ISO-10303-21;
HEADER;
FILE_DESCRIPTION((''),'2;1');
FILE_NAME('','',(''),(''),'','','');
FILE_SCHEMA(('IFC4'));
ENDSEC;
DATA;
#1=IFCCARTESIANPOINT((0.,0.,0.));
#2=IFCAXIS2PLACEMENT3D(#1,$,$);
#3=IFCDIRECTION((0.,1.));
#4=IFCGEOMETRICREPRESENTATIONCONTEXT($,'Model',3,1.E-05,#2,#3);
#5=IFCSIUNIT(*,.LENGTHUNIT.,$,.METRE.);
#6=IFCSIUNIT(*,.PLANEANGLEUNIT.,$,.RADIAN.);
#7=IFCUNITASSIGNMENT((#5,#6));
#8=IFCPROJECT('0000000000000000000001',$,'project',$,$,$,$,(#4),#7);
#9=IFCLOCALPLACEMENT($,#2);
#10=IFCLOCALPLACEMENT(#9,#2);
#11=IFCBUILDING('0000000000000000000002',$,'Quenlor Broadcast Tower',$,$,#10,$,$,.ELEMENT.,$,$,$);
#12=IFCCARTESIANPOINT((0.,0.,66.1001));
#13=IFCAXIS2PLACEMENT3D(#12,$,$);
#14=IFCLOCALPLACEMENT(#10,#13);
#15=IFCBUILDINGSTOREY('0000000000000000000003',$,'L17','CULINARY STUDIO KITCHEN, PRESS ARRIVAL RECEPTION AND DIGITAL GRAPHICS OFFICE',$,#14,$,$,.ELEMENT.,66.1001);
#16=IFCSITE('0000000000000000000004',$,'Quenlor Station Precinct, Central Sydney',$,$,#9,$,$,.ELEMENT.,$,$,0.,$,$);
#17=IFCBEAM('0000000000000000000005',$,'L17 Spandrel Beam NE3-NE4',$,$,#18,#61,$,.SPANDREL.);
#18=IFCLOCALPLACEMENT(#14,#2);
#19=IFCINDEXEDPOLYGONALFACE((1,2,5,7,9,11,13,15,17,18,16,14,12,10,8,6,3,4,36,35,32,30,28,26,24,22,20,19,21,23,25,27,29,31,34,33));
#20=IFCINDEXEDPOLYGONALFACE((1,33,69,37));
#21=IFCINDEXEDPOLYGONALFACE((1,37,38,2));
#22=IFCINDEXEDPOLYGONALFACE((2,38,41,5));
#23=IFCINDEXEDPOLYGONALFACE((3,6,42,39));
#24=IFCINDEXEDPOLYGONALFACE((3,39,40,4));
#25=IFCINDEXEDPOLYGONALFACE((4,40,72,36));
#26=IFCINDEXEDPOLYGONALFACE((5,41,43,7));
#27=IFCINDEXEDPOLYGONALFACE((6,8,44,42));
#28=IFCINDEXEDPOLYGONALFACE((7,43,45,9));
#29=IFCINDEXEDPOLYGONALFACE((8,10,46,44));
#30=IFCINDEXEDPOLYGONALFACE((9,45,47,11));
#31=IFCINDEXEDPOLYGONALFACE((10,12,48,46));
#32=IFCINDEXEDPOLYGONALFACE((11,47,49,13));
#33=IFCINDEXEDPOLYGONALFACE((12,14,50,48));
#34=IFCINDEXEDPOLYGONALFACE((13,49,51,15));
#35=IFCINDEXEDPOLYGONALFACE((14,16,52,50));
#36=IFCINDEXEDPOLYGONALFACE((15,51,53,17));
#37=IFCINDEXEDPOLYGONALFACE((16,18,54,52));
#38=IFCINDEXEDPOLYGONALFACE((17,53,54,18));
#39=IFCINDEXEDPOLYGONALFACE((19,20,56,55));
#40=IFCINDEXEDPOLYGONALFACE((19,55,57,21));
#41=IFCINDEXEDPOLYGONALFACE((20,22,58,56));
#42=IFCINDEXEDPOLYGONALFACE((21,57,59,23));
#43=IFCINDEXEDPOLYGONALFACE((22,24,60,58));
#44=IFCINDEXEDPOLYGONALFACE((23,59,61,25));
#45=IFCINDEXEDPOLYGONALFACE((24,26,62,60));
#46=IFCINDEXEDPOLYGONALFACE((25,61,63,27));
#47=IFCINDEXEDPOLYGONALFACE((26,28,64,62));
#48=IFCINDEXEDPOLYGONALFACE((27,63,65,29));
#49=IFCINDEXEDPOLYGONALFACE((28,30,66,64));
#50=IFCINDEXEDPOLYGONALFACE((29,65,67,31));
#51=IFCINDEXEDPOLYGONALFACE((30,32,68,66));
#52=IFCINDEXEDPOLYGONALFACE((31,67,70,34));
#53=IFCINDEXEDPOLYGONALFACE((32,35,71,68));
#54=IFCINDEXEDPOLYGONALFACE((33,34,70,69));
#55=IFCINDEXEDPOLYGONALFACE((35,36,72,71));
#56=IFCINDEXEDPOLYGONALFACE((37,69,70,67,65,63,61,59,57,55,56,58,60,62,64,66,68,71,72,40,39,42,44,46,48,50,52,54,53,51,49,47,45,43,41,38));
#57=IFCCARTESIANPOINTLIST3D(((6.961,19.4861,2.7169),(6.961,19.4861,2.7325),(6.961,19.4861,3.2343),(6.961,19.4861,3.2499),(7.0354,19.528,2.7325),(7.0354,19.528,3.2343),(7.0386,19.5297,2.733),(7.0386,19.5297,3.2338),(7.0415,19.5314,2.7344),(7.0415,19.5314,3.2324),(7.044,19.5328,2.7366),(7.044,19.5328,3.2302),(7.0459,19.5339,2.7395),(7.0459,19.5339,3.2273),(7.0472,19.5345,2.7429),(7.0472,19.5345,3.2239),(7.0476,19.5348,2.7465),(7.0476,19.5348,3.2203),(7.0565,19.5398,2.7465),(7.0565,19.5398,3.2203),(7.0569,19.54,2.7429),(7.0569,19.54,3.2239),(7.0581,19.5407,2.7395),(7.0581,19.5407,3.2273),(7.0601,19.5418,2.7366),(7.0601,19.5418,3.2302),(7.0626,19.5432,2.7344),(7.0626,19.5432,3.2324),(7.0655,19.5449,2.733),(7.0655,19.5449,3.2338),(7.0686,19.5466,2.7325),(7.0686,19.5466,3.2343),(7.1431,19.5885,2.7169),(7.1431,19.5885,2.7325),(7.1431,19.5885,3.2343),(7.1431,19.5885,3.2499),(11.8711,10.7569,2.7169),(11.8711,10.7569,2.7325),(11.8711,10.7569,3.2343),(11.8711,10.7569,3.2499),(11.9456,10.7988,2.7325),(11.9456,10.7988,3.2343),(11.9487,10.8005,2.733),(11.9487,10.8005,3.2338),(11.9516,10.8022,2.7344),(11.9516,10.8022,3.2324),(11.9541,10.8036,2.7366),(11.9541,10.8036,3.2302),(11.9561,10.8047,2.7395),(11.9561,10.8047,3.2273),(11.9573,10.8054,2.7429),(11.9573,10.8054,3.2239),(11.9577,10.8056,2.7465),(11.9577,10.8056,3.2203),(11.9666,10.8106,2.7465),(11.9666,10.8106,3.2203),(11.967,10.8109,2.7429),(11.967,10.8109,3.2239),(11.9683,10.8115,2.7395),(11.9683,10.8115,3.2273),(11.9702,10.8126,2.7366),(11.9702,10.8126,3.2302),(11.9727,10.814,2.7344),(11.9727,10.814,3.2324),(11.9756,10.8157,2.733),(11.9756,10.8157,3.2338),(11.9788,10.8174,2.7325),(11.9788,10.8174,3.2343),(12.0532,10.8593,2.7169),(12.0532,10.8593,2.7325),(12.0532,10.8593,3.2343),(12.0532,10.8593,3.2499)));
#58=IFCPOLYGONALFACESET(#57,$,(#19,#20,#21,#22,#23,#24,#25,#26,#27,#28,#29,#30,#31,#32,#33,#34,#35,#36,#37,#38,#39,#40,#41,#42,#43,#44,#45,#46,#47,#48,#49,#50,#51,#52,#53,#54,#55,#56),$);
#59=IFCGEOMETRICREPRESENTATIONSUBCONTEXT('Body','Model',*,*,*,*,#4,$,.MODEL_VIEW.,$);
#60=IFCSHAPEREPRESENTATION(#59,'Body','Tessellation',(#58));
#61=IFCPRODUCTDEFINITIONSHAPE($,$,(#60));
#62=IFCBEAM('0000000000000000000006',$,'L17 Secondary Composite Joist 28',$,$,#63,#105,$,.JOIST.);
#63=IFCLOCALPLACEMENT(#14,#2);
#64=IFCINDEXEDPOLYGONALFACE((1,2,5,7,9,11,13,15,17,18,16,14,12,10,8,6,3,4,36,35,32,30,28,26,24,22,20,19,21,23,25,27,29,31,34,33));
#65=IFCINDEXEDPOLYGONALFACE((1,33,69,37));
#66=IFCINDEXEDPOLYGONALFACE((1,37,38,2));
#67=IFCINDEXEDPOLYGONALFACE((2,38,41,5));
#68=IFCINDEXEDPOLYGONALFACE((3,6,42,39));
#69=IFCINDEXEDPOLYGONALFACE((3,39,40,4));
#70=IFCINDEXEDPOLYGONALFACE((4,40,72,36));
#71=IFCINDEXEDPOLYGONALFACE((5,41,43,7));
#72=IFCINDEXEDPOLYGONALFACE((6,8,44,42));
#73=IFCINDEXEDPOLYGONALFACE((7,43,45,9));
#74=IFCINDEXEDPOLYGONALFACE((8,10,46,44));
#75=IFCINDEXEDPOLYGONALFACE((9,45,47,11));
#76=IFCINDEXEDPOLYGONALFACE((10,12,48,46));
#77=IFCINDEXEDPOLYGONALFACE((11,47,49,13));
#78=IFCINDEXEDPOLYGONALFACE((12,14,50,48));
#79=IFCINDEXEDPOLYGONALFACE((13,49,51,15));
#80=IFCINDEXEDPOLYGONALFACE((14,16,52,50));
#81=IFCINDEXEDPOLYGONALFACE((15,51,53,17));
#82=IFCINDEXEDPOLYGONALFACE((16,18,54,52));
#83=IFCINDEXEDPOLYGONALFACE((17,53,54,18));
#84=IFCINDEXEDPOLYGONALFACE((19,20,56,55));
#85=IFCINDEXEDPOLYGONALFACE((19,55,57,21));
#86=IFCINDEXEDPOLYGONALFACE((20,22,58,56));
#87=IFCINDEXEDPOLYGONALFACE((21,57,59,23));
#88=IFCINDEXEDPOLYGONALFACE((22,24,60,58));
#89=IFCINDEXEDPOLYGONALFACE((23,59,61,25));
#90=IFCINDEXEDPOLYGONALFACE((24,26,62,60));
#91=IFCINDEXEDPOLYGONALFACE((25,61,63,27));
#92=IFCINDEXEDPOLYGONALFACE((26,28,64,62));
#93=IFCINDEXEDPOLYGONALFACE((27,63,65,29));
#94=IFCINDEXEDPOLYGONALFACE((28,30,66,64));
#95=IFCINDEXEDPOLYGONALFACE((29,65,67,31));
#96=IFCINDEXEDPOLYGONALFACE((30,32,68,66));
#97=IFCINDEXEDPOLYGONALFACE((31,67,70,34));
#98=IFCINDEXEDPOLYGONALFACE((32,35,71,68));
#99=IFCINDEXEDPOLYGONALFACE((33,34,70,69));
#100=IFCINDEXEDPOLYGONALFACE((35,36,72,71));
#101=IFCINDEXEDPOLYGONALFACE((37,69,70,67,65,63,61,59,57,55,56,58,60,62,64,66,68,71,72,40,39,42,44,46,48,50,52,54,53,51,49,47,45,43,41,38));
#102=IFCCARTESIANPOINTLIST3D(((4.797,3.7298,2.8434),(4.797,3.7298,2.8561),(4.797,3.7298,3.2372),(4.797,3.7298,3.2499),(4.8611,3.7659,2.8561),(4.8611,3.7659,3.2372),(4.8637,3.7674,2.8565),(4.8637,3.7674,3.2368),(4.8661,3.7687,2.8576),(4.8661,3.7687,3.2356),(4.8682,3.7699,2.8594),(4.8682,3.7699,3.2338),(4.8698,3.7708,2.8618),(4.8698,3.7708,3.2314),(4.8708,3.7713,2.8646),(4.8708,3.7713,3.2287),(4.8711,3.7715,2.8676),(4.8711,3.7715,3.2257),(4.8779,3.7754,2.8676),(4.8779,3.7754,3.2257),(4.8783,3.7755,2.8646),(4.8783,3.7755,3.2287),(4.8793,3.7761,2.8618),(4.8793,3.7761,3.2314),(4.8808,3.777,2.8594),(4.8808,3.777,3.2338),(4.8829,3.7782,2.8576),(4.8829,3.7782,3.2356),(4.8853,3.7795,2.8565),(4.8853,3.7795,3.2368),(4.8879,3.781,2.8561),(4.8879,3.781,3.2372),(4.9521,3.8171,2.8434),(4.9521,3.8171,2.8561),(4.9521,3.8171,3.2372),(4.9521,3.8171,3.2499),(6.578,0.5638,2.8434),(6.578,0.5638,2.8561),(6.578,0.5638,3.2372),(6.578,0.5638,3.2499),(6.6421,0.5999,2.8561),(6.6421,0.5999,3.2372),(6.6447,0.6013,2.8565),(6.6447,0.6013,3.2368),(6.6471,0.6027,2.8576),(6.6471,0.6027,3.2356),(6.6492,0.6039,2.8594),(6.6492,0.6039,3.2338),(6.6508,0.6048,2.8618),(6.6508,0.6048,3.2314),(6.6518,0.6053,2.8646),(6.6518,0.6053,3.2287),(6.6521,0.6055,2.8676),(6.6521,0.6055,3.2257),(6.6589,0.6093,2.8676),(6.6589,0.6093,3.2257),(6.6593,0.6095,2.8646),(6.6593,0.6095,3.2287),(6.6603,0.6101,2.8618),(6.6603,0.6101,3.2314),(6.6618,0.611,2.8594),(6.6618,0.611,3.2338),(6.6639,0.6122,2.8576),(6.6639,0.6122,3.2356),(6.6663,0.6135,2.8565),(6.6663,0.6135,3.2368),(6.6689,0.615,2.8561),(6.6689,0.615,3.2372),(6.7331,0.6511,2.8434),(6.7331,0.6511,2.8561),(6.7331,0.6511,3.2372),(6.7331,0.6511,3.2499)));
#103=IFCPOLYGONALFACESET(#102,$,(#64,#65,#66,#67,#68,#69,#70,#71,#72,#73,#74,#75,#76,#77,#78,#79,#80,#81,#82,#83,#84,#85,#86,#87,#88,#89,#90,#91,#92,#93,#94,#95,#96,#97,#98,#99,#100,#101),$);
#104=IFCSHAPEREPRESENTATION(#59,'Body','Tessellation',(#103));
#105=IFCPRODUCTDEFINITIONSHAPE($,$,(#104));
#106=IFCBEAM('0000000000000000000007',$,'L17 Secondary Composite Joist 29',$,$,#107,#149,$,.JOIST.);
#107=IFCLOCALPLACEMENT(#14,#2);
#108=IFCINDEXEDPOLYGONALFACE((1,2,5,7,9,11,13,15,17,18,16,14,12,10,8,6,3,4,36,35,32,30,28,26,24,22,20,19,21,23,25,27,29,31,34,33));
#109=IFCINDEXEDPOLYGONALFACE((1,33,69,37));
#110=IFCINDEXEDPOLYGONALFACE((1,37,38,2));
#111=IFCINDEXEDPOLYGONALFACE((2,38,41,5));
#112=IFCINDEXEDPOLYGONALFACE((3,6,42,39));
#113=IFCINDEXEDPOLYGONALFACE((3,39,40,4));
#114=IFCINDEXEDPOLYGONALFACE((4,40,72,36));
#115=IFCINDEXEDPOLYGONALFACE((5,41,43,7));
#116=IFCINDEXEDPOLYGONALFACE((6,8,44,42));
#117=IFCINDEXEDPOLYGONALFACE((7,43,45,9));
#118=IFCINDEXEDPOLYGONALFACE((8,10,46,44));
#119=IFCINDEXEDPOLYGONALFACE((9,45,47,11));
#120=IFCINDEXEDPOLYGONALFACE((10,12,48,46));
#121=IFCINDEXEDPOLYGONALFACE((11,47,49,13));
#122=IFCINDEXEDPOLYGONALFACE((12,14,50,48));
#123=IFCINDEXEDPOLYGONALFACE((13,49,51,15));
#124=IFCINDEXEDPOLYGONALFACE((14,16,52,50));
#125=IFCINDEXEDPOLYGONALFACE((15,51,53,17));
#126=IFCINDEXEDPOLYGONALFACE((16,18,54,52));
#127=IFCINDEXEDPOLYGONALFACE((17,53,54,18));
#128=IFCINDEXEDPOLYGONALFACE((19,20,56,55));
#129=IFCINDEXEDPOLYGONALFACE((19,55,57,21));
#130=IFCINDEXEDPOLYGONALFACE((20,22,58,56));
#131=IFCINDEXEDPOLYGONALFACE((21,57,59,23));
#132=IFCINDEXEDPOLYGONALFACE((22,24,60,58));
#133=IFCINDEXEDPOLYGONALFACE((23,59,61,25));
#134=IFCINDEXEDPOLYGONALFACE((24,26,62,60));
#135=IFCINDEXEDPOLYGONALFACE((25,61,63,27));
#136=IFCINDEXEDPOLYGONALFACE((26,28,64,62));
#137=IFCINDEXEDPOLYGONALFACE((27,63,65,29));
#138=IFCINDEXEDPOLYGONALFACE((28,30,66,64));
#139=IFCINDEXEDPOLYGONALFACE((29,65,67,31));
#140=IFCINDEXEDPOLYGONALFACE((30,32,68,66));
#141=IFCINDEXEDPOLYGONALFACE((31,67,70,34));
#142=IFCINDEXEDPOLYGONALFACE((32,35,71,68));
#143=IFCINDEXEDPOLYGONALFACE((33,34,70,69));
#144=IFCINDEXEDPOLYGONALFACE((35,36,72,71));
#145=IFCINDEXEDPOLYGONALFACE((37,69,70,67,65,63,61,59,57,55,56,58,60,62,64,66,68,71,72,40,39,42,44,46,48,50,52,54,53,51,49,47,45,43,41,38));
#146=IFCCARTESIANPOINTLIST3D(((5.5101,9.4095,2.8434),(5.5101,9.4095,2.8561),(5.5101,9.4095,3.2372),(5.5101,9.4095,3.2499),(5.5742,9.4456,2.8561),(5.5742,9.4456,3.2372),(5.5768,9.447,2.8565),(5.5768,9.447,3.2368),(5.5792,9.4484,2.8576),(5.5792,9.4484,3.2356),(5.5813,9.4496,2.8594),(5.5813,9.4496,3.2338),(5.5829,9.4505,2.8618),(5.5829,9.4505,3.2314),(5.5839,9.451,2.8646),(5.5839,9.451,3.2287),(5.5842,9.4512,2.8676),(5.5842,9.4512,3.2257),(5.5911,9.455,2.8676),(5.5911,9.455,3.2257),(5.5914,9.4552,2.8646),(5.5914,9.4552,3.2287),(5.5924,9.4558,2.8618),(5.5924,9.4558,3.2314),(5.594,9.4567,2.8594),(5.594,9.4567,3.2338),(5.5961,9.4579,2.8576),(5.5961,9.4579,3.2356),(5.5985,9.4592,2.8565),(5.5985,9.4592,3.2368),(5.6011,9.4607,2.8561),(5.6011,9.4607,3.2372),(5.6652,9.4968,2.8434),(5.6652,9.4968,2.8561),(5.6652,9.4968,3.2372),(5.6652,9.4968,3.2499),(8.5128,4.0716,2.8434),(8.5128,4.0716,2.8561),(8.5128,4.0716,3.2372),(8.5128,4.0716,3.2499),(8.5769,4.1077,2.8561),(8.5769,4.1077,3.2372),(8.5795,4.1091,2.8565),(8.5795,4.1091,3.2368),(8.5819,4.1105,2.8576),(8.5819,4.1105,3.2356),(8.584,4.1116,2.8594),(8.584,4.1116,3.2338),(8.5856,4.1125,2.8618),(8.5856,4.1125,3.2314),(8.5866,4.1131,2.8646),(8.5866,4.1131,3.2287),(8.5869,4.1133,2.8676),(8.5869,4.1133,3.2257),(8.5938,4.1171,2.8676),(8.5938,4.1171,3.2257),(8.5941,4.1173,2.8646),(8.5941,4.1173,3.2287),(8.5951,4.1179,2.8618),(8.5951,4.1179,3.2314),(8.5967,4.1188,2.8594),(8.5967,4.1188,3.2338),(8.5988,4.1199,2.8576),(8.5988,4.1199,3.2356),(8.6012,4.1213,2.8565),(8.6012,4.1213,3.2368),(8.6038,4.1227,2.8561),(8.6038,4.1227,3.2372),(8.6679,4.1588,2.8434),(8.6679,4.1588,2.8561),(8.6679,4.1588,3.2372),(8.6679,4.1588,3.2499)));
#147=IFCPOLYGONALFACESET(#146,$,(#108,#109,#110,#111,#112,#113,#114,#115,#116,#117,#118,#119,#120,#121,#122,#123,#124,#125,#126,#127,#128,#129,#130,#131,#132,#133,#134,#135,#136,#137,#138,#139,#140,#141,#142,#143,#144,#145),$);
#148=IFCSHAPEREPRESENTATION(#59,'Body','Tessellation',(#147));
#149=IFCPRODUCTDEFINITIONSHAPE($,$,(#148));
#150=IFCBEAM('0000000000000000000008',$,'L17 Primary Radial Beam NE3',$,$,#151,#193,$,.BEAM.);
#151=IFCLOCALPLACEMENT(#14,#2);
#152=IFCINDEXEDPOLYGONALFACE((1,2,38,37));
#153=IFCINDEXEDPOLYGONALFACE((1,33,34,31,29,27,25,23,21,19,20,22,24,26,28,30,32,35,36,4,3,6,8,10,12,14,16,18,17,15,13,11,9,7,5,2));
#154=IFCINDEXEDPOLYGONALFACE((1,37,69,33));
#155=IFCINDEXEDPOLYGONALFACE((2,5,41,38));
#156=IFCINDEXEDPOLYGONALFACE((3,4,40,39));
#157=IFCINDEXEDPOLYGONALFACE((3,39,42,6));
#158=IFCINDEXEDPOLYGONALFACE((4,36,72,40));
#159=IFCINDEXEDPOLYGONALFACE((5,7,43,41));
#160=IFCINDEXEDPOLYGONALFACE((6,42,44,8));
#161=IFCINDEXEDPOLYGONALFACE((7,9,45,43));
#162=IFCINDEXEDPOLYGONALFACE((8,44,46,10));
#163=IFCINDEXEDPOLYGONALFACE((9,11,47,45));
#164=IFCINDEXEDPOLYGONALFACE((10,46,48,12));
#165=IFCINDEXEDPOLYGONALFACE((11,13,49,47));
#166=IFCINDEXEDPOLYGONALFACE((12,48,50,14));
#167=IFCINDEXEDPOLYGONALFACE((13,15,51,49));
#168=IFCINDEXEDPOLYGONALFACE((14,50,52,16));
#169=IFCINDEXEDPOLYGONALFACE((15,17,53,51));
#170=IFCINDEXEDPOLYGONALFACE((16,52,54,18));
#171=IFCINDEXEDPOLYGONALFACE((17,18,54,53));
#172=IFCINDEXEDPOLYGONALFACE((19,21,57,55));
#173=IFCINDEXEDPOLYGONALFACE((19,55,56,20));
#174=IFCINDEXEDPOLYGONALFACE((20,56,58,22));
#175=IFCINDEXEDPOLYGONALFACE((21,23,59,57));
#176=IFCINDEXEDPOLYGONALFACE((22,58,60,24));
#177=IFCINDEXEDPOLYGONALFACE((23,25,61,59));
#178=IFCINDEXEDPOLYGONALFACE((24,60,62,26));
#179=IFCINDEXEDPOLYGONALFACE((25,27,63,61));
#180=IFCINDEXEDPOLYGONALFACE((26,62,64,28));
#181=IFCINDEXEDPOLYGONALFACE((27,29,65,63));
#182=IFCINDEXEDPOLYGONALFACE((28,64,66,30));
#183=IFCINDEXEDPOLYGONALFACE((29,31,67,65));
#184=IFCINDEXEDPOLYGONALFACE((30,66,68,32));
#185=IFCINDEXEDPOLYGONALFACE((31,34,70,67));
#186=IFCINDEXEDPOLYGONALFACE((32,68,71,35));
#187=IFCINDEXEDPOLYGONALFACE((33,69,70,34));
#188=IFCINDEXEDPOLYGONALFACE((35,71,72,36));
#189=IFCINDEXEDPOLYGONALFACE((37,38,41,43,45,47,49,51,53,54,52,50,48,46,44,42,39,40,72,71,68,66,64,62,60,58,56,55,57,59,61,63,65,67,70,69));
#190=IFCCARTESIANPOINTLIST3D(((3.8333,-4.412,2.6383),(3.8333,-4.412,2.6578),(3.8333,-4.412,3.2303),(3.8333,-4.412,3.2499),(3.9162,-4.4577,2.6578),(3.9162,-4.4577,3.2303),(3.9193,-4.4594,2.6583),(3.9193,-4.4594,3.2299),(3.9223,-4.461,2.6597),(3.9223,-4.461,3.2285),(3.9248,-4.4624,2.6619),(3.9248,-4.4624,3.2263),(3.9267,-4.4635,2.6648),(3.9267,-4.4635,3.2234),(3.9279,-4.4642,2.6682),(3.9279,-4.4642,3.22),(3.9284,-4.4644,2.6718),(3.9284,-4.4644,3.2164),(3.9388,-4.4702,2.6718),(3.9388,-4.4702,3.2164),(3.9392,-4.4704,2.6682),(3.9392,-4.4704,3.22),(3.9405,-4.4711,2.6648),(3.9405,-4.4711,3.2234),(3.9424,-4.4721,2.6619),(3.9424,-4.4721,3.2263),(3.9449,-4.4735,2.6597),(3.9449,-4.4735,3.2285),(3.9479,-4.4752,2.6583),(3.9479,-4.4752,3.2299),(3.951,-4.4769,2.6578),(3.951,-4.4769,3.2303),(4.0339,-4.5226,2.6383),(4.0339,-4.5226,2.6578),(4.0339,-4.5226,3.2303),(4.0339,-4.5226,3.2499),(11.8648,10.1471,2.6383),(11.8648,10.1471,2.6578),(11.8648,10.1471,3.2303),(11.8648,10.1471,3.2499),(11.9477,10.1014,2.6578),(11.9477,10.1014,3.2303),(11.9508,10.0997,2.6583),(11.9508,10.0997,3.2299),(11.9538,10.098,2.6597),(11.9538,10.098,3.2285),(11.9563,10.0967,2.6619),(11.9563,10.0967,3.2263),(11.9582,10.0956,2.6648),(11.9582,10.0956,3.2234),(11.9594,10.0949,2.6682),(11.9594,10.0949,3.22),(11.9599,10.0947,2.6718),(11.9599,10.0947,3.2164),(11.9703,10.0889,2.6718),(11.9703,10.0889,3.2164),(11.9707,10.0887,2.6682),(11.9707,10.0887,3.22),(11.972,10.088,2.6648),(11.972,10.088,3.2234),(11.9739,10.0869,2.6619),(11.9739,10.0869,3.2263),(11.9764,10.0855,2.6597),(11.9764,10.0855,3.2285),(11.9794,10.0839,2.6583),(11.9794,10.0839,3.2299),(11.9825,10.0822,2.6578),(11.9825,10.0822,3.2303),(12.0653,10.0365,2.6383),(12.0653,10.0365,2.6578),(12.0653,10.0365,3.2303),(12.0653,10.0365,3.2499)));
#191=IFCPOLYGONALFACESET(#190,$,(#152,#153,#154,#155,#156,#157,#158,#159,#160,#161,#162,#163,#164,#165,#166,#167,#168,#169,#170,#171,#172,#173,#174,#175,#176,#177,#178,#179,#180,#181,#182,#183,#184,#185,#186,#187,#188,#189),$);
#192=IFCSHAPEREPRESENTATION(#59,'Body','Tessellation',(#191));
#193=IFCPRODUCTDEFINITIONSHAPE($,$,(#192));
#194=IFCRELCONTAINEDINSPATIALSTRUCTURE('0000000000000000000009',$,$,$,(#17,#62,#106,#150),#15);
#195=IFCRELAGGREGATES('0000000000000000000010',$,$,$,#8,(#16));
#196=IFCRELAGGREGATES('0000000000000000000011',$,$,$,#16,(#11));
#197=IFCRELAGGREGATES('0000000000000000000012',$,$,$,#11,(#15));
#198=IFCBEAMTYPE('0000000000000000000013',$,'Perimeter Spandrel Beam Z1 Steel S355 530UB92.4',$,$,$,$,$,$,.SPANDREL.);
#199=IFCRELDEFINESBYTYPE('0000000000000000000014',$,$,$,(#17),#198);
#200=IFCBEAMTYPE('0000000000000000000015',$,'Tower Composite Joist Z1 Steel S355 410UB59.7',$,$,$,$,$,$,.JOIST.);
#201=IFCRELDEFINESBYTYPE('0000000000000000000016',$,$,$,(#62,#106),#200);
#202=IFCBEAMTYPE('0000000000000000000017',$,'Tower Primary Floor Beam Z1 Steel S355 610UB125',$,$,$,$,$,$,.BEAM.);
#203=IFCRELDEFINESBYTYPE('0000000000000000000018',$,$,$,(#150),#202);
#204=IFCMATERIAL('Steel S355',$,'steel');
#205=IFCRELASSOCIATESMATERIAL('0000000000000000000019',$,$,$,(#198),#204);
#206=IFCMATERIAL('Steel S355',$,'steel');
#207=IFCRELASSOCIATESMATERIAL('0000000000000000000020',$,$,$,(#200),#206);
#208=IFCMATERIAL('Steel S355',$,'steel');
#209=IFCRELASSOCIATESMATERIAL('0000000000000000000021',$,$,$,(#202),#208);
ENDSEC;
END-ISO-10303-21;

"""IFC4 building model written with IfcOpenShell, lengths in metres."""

from ifc_helpers import new_model, si_unit, direction, frame, origin, origin_2d, place, context, subcontext, project, spatial, i_section, extrude, material, material_profile, profile_set, type_object, element, save


model = new_model("IFC4")

# Units and contexts
model_context = context("Model", 3, precision=1e-05, world=origin(), true_north=direction((0.0, 1.0)))
body_context = subcontext(model_context, "Body", "Model", "MODEL_VIEW")
ifc_project = project(units=[si_unit("LENGTHUNIT", "METRE"), si_unit("PLANEANGLEUNIT", "RADIAN")], contexts=[model_context])

# Site, building, storey
site_placement = place(None, origin())
site = spatial("IfcSite", under=ifc_project, at=site_placement, Name="Quenlor Station Precinct, Central Sydney", CompositionType="ELEMENT", RefElevation=0.0)
building_placement = place(site_placement, origin())
building = spatial("IfcBuilding", under=site, at=building_placement, Name="Quenlor Broadcast Tower", CompositionType="ELEMENT")
storey_placement = place(building_placement, frame((0.0, 0.0, 66.1001)))
storey = spatial("IfcBuildingStorey", under=building, at=storey_placement, Name="L17", Description="CULINARY STUDIO KITCHEN, PRESS ARRIVAL RECEPTION AND DIGITAL GRAPHICS OFFICE", CompositionType="ELEMENT", Elevation=66.1001)

# Beams
ifc_material_1 = material(Name="Steel S355", Category="steel")
ifc_material_profile_1 = material_profile(ifc_material_1, i_section(OverallWidth=0.209, OverallDepth=0.533, WebThickness=0.0103, FlangeThickness=0.0156, FilletRadius=0.0139, at=origin_2d()))
ifc_profile_set_1 = profile_set([ifc_material_profile_1], Name="Steel S355 530UB92.4")
beam_type_1 = type_object("IfcBeamType", Name="Perimeter Spandrel Beam Z1 Steel S355 530UB92.4", PredefinedType="SPANDREL", material=ifc_profile_set_1)
beam_1_placement = place(storey_placement, frame((11.9622, 10.8081, 2.9834), z_axis=(-0.490258, 0.871577, 0.0), x_axis=(-0.871577, -0.490258, 0.0)))
element("IfcBeam", 1, at=beam_1_placement, inside=storey, type_object=beam_type_1, Name="L17 Spandrel Beam NE3-NE4", PredefinedType="SPANDREL", context=body_context, shape_type="SweptSolid", body=[
    extrude(i_section(OverallWidth=0.209, OverallDepth=0.533, WebThickness=0.0103, FlangeThickness=0.0156, FilletRadius=0.0139, at=origin_2d()), origin(), (0.0, 0.0, 1.0), 10.0154),
])
ifc_material_2 = material(Name="Steel S355", Category="steel")
ifc_material_profile_2 = material_profile(ifc_material_2, i_section(OverallWidth=0.178, OverallDepth=0.4065, WebThickness=0.0078, FlangeThickness=0.0127, FilletRadius=0.0115, at=origin_2d()))
ifc_profile_set_2 = profile_set([ifc_material_profile_2], Name="Steel S355 410UB59.7")
beam_type_2 = type_object("IfcBeamType", Name="Tower Composite Joist Z1 Steel S355 410UB59.7", PredefinedType="JOIST", material=ifc_profile_set_2)
beam_2_placement = place(storey_placement, frame((4.8745, 3.7734, 3.0466), z_axis=(0.490287, -0.871561, 0.0), x_axis=(0.871561, 0.490287, 0.0)))
element("IfcBeam", 2, at=beam_2_placement, inside=storey, type_object=beam_type_2, Name="L17 Secondary Composite Joist 28", PredefinedType="JOIST", context=body_context, shape_type="SweptSolid", body=[
    extrude(i_section(OverallWidth=0.178, OverallDepth=0.4065, WebThickness=0.0078, FlangeThickness=0.0127, FilletRadius=0.0115, at=origin_2d()), origin(), (0.0, 0.0, 1.0), 3.6326),
])
beam_3_placement = place(storey_placement, frame((5.5876, 9.4531, 3.0466), z_axis=(0.490276, -0.871567, 0.0), x_axis=(0.871567, 0.490276, 0.0)))
element("IfcBeam", 3, at=beam_3_placement, inside=storey, type_object=beam_type_2, Name="L17 Secondary Composite Joist 29", PredefinedType="JOIST", context=body_context, shape_type="SweptSolid", body=[
    extrude(i_section(OverallWidth=0.178, OverallDepth=0.4065, WebThickness=0.0078, FlangeThickness=0.0127, FilletRadius=0.0115, at=origin_2d()), origin(), (0.0, 0.0, 1.0), 6.1245),
])
ifc_material_3 = material(Name="Steel S355", Category="steel")
ifc_material_profile_3 = material_profile(ifc_material_3, i_section(OverallWidth=0.229, OverallDepth=0.6116, WebThickness=0.012, FlangeThickness=0.0195, FilletRadius=0.0139, at=origin_2d()))
ifc_profile_set_3 = profile_set([ifc_material_profile_3], Name="Steel S355 610UB125")
beam_type_3 = type_object("IfcBeamType", Name="Tower Primary Floor Beam Z1 Steel S355 610UB125", PredefinedType="BEAM", material=ifc_profile_set_3)
beam_4_placement = place(storey_placement, frame((11.9651, 10.0918, 2.9441), z_axis=(-0.483026, -0.875606, 0.0), x_axis=(0.875606, -0.483026, 0.0)))
element("IfcBeam", 4, at=beam_4_placement, inside=storey, type_object=beam_type_3, Name="L17 Primary Radial Beam NE3", PredefinedType="BEAM", context=body_context, shape_type="SweptSolid", body=[
    extrude(i_section(OverallWidth=0.229, OverallDepth=0.6116, WebThickness=0.012, FlangeThickness=0.0195, FilletRadius=0.0139, at=origin_2d()), origin(), (0.0, 0.0, 1.0), 16.6274),
])

save(model, "model.ifc")
